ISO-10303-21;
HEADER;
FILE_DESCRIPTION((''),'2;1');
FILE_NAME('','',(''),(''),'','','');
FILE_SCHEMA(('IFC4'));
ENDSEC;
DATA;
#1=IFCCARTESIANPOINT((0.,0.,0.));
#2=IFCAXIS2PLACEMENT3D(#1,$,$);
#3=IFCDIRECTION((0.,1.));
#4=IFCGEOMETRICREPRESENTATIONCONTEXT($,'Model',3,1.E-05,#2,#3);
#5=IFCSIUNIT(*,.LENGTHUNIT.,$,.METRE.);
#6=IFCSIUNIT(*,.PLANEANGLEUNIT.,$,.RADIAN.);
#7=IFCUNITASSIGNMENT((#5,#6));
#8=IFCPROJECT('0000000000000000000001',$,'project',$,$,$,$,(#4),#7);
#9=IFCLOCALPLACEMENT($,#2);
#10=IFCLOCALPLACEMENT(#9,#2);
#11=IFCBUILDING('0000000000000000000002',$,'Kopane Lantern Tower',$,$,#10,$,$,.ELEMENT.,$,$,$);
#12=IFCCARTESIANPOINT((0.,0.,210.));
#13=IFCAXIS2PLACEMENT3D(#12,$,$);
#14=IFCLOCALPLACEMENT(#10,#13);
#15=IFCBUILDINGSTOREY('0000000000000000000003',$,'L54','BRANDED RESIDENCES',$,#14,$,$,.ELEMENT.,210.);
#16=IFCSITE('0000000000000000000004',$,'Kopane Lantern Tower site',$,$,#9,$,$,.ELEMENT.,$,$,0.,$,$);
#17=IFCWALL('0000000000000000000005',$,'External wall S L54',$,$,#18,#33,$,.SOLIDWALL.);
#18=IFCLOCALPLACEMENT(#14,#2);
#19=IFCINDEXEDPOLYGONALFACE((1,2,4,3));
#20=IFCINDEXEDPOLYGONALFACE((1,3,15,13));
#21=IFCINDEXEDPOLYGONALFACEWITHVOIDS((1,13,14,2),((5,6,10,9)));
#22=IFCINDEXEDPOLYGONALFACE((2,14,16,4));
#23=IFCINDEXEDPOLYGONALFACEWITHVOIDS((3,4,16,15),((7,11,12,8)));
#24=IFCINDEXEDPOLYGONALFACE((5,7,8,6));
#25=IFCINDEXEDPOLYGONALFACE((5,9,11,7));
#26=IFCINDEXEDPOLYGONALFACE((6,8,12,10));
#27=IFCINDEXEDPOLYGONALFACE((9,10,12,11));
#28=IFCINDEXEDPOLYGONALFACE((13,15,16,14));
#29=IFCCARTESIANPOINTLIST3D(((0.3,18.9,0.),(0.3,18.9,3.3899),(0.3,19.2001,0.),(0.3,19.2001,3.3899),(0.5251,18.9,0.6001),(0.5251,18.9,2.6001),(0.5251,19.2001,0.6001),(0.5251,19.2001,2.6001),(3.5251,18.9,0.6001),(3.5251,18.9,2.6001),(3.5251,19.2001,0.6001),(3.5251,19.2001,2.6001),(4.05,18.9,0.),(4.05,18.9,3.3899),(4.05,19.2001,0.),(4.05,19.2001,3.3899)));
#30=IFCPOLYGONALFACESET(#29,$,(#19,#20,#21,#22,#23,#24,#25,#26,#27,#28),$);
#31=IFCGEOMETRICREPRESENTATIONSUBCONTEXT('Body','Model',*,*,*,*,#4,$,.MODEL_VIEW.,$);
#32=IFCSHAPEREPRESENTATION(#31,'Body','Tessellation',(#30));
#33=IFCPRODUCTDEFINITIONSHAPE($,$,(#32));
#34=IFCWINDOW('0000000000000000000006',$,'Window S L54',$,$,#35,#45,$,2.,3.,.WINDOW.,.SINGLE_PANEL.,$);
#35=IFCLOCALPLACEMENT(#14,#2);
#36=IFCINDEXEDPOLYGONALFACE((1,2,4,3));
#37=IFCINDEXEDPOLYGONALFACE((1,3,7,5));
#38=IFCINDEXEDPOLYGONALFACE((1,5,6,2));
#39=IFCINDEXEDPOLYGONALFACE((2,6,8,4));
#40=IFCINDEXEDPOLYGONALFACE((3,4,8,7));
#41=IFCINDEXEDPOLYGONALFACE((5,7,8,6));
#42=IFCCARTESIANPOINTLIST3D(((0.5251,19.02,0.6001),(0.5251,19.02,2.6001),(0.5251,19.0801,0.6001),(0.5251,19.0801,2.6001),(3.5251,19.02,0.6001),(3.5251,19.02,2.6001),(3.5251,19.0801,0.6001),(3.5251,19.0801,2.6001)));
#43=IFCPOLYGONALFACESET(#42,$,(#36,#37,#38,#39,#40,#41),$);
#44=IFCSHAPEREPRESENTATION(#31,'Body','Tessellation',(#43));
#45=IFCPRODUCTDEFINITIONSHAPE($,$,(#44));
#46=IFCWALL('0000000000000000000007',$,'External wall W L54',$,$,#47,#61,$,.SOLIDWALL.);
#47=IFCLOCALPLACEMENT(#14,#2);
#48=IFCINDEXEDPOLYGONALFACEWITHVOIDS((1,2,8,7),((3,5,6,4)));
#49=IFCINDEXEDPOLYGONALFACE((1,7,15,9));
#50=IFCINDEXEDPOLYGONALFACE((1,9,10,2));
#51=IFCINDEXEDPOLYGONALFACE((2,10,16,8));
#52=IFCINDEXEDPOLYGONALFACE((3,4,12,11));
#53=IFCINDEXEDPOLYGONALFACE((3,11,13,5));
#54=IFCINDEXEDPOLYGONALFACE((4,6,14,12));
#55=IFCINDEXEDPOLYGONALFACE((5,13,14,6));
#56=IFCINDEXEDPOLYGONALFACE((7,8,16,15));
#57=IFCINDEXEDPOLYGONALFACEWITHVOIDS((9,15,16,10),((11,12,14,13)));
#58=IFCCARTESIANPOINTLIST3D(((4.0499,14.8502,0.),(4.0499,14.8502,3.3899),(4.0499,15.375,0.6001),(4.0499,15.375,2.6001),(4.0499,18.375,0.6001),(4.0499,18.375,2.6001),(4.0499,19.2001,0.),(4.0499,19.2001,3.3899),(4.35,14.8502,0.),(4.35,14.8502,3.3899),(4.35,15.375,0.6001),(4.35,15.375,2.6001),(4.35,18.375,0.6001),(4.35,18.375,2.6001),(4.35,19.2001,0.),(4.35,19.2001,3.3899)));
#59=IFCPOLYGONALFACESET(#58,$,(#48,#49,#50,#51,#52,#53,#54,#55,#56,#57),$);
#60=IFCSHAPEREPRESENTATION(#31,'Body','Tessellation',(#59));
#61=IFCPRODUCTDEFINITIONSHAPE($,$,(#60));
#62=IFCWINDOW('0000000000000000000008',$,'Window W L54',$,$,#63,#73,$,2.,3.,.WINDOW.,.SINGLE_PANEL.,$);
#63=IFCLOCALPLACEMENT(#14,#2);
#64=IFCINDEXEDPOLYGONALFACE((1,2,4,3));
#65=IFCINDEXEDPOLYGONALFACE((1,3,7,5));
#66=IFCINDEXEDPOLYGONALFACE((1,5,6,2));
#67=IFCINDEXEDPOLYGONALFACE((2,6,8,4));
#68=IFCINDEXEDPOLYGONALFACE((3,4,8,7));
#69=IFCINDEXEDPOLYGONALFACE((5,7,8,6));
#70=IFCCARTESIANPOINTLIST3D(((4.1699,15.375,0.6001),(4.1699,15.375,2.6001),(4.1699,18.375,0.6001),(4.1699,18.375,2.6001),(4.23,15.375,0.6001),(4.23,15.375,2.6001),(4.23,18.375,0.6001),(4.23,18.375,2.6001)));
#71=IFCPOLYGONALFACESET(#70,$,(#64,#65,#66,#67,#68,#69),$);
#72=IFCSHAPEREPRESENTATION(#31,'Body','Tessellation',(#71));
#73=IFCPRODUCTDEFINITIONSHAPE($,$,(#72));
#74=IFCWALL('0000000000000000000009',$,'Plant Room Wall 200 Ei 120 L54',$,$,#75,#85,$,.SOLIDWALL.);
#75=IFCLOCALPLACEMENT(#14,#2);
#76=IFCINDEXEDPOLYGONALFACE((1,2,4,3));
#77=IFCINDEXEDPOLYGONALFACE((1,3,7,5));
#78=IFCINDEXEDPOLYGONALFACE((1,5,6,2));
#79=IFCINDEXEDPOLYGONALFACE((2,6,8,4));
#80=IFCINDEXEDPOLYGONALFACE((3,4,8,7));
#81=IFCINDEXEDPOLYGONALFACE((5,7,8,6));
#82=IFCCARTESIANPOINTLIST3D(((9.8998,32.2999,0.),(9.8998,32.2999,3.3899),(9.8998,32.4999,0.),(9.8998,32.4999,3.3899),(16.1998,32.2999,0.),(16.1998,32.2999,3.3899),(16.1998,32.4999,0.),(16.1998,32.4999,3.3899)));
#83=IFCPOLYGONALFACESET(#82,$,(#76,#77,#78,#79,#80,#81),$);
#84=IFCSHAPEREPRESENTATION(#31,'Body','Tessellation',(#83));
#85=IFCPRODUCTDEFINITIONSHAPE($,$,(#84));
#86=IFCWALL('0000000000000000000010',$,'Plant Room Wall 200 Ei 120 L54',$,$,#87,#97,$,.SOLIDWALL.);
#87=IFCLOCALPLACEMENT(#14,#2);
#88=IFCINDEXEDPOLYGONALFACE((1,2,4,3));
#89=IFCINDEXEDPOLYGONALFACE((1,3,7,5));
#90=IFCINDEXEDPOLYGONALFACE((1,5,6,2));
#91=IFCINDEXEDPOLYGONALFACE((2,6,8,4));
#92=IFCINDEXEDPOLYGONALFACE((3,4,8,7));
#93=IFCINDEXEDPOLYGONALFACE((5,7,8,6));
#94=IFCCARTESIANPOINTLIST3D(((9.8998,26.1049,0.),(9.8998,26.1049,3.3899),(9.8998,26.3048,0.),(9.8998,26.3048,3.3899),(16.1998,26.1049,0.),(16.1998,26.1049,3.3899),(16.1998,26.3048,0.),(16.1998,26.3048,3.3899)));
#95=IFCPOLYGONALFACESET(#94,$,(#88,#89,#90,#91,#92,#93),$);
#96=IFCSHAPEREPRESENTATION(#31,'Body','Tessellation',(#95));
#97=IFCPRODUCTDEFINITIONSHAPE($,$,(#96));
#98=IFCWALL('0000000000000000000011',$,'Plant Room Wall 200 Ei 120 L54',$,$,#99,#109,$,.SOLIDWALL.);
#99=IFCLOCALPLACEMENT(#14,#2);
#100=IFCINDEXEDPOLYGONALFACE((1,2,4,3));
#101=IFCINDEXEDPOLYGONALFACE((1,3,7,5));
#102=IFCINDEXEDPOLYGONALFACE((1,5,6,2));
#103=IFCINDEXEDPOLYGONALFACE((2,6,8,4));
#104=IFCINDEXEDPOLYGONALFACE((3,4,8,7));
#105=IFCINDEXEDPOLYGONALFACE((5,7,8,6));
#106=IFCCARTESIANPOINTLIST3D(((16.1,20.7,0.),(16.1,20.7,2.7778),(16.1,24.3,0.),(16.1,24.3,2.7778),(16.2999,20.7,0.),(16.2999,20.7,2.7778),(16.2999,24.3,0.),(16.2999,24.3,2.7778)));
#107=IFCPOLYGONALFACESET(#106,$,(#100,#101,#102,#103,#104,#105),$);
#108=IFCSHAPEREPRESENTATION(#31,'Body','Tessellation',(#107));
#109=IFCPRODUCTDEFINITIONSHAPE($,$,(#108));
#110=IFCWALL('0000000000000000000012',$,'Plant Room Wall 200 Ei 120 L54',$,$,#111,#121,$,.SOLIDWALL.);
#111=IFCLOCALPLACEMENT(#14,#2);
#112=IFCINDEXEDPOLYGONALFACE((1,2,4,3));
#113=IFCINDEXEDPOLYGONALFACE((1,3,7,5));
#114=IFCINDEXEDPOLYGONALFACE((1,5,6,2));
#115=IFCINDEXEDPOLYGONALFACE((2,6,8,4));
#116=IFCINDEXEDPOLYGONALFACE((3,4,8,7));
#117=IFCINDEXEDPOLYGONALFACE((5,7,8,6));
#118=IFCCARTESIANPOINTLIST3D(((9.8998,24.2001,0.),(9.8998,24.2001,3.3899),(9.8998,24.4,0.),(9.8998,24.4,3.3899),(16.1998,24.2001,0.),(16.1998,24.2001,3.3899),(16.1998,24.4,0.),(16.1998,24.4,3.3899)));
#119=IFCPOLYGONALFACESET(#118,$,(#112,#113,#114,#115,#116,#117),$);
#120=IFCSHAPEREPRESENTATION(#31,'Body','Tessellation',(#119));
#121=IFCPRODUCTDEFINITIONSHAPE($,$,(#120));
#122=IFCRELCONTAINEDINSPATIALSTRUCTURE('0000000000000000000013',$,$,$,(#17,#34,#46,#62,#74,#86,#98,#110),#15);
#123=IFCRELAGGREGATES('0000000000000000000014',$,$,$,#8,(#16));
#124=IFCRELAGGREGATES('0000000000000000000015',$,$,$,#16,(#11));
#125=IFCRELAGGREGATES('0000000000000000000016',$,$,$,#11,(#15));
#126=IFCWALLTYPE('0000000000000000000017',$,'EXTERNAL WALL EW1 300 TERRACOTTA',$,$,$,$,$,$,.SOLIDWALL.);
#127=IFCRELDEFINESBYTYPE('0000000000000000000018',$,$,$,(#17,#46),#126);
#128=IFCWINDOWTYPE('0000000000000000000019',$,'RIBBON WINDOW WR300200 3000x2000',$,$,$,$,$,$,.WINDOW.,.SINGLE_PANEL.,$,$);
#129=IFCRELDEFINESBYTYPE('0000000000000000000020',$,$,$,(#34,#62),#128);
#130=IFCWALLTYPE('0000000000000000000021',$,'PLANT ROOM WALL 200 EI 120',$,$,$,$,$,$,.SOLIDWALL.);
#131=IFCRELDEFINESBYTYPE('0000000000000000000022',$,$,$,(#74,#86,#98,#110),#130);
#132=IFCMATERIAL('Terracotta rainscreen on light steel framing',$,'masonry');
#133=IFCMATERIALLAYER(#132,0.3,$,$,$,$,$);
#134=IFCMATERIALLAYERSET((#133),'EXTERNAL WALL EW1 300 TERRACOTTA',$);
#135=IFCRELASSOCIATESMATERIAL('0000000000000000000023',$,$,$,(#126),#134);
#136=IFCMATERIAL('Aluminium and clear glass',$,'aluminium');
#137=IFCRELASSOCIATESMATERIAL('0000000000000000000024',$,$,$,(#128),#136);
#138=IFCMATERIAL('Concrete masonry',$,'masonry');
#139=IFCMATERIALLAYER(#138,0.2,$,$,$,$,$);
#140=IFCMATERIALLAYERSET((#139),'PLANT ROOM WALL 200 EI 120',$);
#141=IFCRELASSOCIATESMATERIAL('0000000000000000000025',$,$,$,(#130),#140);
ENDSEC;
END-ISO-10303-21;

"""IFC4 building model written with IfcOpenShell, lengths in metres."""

from ifc_helpers import new_model, si_unit, direction, frame, frame_2d, origin, place, context, subcontext, project, spatial, rectangle, extrude, material, layer, layer_set, type_object, element, fill, save


model = new_model("IFC4")

# Units and contexts
model_context = context("Model", 3, precision=1e-05, world=origin(), true_north=direction((0.0, 1.0)))
body_context = subcontext(model_context, "Body", "Model", "MODEL_VIEW")
ifc_project = project(units=[si_unit("LENGTHUNIT", "METRE"), si_unit("PLANEANGLEUNIT", "RADIAN")], contexts=[model_context])

# Site, building, storey
site_placement = place(None, origin())
site = spatial("IfcSite", under=ifc_project, at=site_placement, Name="Kopane Lantern Tower site", CompositionType="ELEMENT", RefElevation=0.0)
building_placement = place(site_placement, origin())
building = spatial("IfcBuilding", under=site, at=building_placement, Name="Kopane Lantern Tower", CompositionType="ELEMENT")
storey_placement = place(building_placement, frame((0.0, 0.0, 210.0)))
storey = spatial("IfcBuildingStorey", under=building, at=storey_placement, Name="L54", Description="BRANDED RESIDENCES", CompositionType="ELEMENT", Elevation=210.0)

# Walls, openings, windows
ifc_material_1 = material(Name="Terracotta rainscreen on light steel framing", Category="masonry")
ifc_layer_1 = layer(ifc_material_1, 0.3)
ifc_layer_set_1 = layer_set([ifc_layer_1], Name="EXTERNAL WALL EW1 300 TERRACOTTA")
wall_type_1 = type_object("IfcWallType", Name="EXTERNAL WALL EW1 300 TERRACOTTA", PredefinedType="SOLIDWALL", material=ifc_layer_set_1)
wall_1_placement = place(storey_placement, frame((0.3, 19.05, 0.0), z_axis=(0.0, 0.0, 1.0), x_axis=(1.0, 0.0, 0.0)))
wall_1 = element("IfcWall", 1, at=wall_1_placement, inside=storey, type_object=wall_type_1, Name="External wall S L54", PredefinedType="SOLIDWALL", context=body_context, shape_type="SweptSolid", body=[
    extrude(rectangle(XDim=3.75, YDim=0.3, at=frame_2d((1.875, 0.0))), origin(), (0.0, 0.0, 1.0), 3.3899),
])
opening_1_placement = place(wall_1_placement, frame((0.2251, 0.0, 0.6001)))
opening_1 = element("IfcOpeningElement", 2, at=opening_1_placement, cuts=wall_1, PredefinedType="OPENING", context=body_context, shape_type="SweptSolid", body=[
    extrude(rectangle(XDim=3.0, YDim=2.0, at=frame_2d((1.5, 1.0))), frame((0.0, 0.1599, 0.0), z_axis=(0.0, -1.0, 0.0), x_axis=(1.0, 0.0, 0.0)), (0.0, 0.0, 1.0), 0.3201),
])
ifc_material_2 = material(Name="Aluminium and clear glass", Category="aluminium")
window_type = type_object("IfcWindowType", Name="RIBBON WINDOW WR300200 3000x2000", PartitioningType="SINGLE_PANEL", PredefinedType="WINDOW", material=ifc_material_2)
window_1_placement = place(opening_1_placement, origin())
window_1 = element("IfcWindow", 3, at=window_1_placement, inside=storey, type_object=window_type, Name="Window S L54", OverallHeight=2.0, OverallWidth=3.0, PartitioningType="SINGLE_PANEL", PredefinedType="WINDOW", context=body_context, shape_type="SweptSolid", body=[
    extrude(rectangle(XDim=3.0, YDim=2.0, at=frame_2d((1.5, 1.0))), frame((0.0, 0.03, 0.0), z_axis=(0.0, -1.0, 0.0), x_axis=(1.0, 0.0, 0.0)), (0.0, 0.0, 1.0), 0.0601),
])
fill(opening_1, window_1)
wall_2_placement = place(storey_placement, frame((4.2, 19.2, 0.0), z_axis=(0.0, 0.0, 1.0), x_axis=(0.0, -1.0, 0.0)))
wall_2 = element("IfcWall", 4, at=wall_2_placement, inside=storey, type_object=wall_type_1, Name="External wall W L54", PredefinedType="SOLIDWALL", context=body_context, shape_type="SweptSolid", body=[
    extrude(rectangle(XDim=4.3499, YDim=0.3, at=frame_2d((2.1748, 0.0))), origin(), (0.0, 0.0, 1.0), 3.3899),
])
opening_2_placement = place(wall_2_placement, frame((0.825, 0.0, 0.6001)))
opening_2 = element("IfcOpeningElement", 5, at=opening_2_placement, cuts=wall_2, PredefinedType="OPENING", context=body_context, shape_type="SweptSolid", body=[
    extrude(rectangle(XDim=3.0, YDim=2.0, at=frame_2d((1.5, 1.0))), frame((0.0, 0.1599, 0.0), z_axis=(0.0, -1.0, 0.0), x_axis=(1.0, 0.0, 0.0)), (0.0, 0.0, 1.0), 0.3201),
])
window_2_placement = place(opening_2_placement, origin())
window_2 = element("IfcWindow", 6, at=window_2_placement, inside=storey, type_object=window_type, Name="Window W L54", OverallHeight=2.0, OverallWidth=3.0, PartitioningType="SINGLE_PANEL", PredefinedType="WINDOW", context=body_context, shape_type="SweptSolid", body=[
    extrude(rectangle(XDim=3.0, YDim=2.0, at=frame_2d((1.5, 1.0))), frame((0.0, 0.03, 0.0), z_axis=(0.0, -1.0, 0.0), x_axis=(1.0, 0.0, 0.0)), (0.0, 0.0, 1.0), 0.0601),
])
fill(opening_2, window_2)

# Walls
ifc_material_3 = material(Name="Concrete masonry", Category="masonry")
ifc_layer_2 = layer(ifc_material_3, 0.2)
ifc_layer_set_2 = layer_set([ifc_layer_2], Name="PLANT ROOM WALL 200 EI 120")
wall_type_2 = type_object("IfcWallType", Name="PLANT ROOM WALL 200 EI 120", PredefinedType="SOLIDWALL", material=ifc_layer_set_2)
for number, where, z_axis, x_axis, name in (
    (7, (9.8999, 32.3999, 0.0), (0.0, 0.0, 1.0), (1.0, 0.0, 0.0), "Plant Room Wall 200 Ei 120 L54"),
    (8, (9.8999, 26.2048, 0.0), (0.0, 0.0, 1.0), (1.0, 0.0, 0.0), "Plant Room Wall 200 Ei 120 L54"),
):
    element("IfcWall", number, at=place(storey_placement, frame(where, z_axis=z_axis, x_axis=x_axis)), inside=storey, type_object=wall_type_2, Name=name, PredefinedType="SOLIDWALL", context=body_context, shape_type="SweptSolid", body=[
        extrude(rectangle(XDim=6.3, YDim=0.2, at=frame_2d((3.1499, 0.0))), origin(), (0.0, 0.0, 1.0), 3.3899),
    ])
wall_3_placement = place(storey_placement, frame((16.2, 20.7, 0.0), z_axis=(0.0, 0.0, 1.0), x_axis=(0.0, 1.0, 0.0)))
element("IfcWall", 9, at=wall_3_placement, inside=storey, type_object=wall_type_2, Name="Plant Room Wall 200 Ei 120 L54", PredefinedType="SOLIDWALL", context=body_context, shape_type="SweptSolid", body=[
    extrude(rectangle(XDim=3.6001, YDim=0.2, at=frame_2d((1.8, 0.0))), origin(), (0.0, 0.0, 1.0), 2.7778),
])
wall_4_placement = place(storey_placement, frame((9.8999, 24.3, 0.0), z_axis=(0.0, 0.0, 1.0), x_axis=(1.0, 0.0, 0.0)))
element("IfcWall", 10, at=wall_4_placement, inside=storey, type_object=wall_type_2, Name="Plant Room Wall 200 Ei 120 L54", PredefinedType="SOLIDWALL", context=body_context, shape_type="SweptSolid", body=[
    extrude(rectangle(XDim=6.3, YDim=0.2, at=frame_2d((3.1499, 0.0))), origin(), (0.0, 0.0, 1.0), 3.3899),
])

save(model, "model.ifc")
